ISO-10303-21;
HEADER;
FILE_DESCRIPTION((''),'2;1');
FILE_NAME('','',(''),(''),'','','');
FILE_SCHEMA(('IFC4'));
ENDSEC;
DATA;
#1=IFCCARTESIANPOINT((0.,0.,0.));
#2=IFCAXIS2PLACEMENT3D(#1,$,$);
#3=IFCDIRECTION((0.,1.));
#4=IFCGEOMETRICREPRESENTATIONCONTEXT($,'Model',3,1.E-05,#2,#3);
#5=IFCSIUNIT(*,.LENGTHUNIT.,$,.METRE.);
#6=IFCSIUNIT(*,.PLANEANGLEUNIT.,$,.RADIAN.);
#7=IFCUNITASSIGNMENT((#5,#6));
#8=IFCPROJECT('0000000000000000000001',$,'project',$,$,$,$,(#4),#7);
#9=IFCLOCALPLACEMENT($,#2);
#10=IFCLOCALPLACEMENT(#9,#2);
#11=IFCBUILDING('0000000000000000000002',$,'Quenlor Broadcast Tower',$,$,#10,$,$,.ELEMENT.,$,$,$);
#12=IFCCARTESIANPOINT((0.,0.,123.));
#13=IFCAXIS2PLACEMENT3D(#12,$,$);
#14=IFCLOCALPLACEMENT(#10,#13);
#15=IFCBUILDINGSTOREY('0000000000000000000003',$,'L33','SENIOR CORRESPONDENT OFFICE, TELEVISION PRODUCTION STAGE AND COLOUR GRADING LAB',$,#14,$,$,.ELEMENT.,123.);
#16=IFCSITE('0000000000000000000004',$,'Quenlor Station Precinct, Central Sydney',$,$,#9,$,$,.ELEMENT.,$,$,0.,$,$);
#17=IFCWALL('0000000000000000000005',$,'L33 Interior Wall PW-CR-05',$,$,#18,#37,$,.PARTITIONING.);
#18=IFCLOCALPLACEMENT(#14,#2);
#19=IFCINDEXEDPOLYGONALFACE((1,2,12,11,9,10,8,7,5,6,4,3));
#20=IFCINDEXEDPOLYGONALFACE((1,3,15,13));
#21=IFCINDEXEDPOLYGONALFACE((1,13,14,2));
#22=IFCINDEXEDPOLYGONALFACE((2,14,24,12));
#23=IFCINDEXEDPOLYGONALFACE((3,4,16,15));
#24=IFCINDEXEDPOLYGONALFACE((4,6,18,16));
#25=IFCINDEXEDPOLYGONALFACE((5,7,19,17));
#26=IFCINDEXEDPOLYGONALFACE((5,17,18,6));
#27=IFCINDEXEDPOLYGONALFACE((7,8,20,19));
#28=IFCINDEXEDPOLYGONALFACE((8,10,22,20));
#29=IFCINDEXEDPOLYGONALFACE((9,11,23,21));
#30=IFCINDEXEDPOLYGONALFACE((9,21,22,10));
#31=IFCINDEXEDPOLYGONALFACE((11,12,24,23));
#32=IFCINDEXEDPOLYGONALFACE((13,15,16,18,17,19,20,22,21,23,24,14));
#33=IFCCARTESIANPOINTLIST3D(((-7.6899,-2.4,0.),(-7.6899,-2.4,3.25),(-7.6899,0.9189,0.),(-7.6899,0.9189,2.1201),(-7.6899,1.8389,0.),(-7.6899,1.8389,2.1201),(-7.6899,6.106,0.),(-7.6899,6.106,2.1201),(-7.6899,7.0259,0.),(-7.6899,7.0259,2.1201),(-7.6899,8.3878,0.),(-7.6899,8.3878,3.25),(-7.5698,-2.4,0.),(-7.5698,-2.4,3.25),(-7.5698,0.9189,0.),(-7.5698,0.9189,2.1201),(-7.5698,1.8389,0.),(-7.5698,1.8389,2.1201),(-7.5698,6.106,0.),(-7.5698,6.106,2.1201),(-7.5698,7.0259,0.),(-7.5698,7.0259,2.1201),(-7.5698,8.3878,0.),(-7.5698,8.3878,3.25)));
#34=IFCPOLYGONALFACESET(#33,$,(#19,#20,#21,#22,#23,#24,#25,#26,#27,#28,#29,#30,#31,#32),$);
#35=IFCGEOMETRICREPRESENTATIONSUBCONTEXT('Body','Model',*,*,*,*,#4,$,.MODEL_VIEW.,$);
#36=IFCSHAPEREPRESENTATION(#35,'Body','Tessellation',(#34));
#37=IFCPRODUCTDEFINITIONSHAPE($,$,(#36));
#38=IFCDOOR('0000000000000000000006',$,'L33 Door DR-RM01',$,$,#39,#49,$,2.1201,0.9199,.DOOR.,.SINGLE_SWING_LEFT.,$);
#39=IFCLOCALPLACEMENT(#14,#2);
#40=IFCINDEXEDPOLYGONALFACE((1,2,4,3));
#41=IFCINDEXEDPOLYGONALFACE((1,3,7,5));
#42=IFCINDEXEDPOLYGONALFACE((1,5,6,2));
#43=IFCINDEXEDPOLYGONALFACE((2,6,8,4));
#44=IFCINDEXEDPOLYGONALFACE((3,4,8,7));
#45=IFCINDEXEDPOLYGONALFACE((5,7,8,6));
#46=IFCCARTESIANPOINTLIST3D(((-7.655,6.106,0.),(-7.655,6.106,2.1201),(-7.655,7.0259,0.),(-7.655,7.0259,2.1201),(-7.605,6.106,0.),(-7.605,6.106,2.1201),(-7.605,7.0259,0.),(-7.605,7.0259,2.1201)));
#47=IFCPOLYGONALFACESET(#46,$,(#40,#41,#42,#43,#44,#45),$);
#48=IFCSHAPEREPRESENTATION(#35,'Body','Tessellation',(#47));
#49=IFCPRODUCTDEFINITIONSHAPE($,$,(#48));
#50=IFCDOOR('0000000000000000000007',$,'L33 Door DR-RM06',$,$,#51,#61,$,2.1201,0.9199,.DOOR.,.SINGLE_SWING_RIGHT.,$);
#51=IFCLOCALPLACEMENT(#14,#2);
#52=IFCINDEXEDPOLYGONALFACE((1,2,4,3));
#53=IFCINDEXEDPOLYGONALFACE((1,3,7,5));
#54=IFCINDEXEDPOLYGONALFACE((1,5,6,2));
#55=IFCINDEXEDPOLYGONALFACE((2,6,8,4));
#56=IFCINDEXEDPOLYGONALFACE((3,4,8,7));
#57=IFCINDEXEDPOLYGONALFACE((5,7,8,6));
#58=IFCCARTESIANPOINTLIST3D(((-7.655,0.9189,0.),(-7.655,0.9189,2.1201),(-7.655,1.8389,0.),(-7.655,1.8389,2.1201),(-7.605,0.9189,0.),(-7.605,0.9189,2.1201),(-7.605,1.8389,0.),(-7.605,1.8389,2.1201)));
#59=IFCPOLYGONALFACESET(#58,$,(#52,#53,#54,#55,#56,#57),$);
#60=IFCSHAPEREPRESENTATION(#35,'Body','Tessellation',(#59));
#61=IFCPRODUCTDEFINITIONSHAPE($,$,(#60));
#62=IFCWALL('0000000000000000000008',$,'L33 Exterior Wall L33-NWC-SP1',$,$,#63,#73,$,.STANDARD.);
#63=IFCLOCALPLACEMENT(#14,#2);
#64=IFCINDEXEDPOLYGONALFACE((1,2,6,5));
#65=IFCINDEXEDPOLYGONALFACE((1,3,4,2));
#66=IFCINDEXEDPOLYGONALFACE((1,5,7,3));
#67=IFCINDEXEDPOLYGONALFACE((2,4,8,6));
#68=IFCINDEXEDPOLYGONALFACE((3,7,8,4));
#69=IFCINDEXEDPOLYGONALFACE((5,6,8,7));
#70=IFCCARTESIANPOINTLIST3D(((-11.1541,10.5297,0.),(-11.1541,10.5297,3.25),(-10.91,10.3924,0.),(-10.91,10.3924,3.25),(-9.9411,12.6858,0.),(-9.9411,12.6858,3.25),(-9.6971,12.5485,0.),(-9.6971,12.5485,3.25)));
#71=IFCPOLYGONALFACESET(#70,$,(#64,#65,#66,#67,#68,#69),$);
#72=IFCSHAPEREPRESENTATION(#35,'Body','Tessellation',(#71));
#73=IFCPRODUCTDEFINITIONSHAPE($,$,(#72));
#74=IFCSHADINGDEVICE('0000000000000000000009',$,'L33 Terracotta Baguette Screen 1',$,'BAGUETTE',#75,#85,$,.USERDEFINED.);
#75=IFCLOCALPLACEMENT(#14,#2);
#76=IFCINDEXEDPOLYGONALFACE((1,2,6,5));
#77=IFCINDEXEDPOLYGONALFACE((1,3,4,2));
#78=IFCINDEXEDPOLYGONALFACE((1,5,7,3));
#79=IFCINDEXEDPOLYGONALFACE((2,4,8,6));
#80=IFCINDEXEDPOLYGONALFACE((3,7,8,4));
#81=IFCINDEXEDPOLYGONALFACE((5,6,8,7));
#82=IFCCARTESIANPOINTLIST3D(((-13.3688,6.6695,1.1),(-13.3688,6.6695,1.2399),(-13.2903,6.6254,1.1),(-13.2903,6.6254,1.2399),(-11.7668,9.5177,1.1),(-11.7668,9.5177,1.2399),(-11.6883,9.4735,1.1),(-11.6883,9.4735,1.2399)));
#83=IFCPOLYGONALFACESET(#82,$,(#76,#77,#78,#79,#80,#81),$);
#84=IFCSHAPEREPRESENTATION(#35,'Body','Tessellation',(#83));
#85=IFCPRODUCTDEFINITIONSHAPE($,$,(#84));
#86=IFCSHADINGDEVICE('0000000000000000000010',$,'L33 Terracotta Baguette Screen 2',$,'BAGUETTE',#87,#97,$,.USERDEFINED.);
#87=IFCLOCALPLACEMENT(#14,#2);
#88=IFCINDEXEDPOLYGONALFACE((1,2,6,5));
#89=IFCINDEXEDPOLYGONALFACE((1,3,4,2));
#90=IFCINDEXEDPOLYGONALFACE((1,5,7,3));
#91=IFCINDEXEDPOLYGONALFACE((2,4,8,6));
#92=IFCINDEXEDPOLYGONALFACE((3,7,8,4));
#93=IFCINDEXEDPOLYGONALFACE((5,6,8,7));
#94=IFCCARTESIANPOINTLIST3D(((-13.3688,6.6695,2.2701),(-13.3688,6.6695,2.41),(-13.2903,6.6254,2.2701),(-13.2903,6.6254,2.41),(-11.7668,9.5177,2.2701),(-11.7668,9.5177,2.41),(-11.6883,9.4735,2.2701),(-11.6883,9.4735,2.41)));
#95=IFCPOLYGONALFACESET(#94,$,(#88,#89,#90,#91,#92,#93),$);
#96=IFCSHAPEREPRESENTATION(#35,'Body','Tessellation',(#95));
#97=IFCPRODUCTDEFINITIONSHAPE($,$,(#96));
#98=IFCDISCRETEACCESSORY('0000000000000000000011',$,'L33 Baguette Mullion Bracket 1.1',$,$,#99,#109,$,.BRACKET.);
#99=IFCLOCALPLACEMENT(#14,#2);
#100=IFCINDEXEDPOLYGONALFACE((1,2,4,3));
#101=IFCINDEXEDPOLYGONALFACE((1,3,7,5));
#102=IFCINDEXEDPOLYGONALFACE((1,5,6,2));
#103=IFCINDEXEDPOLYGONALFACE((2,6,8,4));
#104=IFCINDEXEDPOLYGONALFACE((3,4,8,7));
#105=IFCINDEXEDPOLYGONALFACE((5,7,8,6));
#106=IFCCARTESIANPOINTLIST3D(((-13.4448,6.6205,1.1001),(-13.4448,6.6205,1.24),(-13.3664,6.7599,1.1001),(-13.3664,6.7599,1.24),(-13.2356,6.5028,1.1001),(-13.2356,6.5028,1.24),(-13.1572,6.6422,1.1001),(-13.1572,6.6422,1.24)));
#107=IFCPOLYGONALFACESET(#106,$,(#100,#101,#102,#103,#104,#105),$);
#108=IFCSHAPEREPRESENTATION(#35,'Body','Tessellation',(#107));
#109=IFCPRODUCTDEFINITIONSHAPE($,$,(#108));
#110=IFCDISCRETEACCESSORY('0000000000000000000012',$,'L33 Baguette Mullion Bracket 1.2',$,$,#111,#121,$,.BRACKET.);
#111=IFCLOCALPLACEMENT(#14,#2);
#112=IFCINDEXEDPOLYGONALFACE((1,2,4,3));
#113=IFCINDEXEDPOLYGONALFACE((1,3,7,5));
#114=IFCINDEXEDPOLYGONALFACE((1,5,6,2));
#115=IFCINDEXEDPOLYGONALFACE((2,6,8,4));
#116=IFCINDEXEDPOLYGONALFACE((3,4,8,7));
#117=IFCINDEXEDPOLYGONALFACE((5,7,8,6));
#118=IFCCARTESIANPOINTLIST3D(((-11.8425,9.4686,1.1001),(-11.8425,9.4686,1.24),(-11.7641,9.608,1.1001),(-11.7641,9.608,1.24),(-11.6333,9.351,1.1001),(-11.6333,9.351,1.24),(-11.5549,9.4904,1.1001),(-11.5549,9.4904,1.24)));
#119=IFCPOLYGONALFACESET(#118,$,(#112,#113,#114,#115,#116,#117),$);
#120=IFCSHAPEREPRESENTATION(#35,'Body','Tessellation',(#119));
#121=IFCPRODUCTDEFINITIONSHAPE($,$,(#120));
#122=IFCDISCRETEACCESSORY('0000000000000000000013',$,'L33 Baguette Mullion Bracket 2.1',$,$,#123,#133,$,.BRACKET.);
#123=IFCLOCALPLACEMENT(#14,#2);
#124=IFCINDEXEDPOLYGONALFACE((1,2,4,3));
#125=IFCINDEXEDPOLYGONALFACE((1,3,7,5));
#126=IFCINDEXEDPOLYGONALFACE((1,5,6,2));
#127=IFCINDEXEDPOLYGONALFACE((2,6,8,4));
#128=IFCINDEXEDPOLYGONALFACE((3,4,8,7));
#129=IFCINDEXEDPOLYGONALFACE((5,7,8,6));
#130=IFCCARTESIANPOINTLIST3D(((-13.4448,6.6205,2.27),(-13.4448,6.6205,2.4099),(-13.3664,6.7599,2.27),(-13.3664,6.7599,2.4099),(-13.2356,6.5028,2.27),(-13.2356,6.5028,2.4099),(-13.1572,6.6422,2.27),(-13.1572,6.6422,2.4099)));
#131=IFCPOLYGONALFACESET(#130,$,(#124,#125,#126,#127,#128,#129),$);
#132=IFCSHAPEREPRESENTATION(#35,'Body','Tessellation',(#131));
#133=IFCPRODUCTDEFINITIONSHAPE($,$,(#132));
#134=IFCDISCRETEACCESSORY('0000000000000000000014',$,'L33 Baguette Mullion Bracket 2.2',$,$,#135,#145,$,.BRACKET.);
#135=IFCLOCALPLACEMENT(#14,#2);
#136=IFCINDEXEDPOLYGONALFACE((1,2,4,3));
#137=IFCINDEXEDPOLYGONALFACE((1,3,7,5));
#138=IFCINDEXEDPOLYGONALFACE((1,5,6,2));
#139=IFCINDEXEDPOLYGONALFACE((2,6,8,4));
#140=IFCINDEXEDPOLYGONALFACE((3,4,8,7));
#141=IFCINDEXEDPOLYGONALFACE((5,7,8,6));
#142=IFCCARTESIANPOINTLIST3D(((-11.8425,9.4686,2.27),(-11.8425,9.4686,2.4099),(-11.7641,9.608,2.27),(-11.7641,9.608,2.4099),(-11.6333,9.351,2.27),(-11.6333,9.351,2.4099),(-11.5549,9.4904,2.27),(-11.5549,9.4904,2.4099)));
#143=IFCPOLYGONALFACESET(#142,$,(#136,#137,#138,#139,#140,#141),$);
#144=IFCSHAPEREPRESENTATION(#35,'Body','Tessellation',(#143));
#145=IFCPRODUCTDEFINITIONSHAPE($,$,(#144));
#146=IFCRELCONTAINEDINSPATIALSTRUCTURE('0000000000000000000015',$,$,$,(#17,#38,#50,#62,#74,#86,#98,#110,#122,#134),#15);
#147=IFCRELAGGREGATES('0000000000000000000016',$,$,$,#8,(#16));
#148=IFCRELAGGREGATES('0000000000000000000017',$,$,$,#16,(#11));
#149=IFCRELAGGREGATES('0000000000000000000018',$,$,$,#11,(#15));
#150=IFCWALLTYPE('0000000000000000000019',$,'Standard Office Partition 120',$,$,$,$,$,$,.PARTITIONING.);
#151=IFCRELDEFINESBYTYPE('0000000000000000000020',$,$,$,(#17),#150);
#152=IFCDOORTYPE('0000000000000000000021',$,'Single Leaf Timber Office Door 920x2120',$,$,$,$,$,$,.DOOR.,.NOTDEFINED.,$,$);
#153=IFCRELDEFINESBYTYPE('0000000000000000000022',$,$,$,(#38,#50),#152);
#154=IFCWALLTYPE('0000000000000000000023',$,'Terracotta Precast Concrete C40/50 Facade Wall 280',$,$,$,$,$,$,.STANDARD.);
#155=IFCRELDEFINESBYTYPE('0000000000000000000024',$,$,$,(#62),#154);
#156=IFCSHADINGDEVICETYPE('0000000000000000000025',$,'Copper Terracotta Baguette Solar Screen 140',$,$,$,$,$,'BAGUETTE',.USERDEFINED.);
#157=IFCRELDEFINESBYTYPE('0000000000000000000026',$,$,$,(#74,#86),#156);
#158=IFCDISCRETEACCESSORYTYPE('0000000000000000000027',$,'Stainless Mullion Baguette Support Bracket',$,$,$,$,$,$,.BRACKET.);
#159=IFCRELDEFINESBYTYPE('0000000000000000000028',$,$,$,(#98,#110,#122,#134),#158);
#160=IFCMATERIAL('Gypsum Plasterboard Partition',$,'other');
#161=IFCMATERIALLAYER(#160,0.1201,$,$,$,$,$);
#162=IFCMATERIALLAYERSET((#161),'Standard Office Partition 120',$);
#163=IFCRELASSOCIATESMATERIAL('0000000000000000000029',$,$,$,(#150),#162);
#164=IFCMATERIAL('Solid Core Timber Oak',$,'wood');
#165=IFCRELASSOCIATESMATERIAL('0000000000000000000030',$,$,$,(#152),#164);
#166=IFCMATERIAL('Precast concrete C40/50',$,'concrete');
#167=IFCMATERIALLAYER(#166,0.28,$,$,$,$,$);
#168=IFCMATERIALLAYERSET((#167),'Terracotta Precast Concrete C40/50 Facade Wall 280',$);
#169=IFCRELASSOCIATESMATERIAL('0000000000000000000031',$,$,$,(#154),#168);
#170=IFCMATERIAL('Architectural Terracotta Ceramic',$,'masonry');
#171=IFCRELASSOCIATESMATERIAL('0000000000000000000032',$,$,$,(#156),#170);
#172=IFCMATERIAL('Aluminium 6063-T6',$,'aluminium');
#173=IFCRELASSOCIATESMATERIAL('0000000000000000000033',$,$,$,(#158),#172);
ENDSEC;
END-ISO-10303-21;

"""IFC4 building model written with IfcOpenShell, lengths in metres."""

from ifc_helpers import new_model, si_unit, direction, frame, frame_2d, origin, origin_2d, place, context, subcontext, project, spatial, rectangle, extrude, material, layer, layer_set, material_profile, profile_set, type_object, element, fill, save


model = new_model("IFC4")

# Units and contexts
model_context = context("Model", 3, precision=1e-05, world=origin(), true_north=direction((0.0, 1.0)))
body_context = subcontext(model_context, "Body", "Model", "MODEL_VIEW")
ifc_project = project(units=[si_unit("LENGTHUNIT", "METRE"), si_unit("PLANEANGLEUNIT", "RADIAN")], contexts=[model_context])

# Site, building, storey
site_placement = place(None, origin())
site = spatial("IfcSite", under=ifc_project, at=site_placement, Name="Quenlor Station Precinct, Central Sydney", CompositionType="ELEMENT", RefElevation=0.0)
building_placement = place(site_placement, origin())
building = spatial("IfcBuilding", under=site, at=building_placement, Name="Quenlor Broadcast Tower", CompositionType="ELEMENT")
storey_placement = place(building_placement, frame((0.0, 0.0, 123.0)))
storey = spatial("IfcBuildingStorey", under=building, at=storey_placement, Name="L33", Description="SENIOR CORRESPONDENT OFFICE, TELEVISION PRODUCTION STAGE AND COLOUR GRADING LAB", CompositionType="ELEMENT", Elevation=123.0)

# Shared definitions
ifc_material_1 = material(Name="Gypsum Plasterboard Partition", Category="other")
ifc_layer_1 = layer(ifc_material_1, 0.1201)
ifc_layer_set_1 = layer_set([ifc_layer_1], Name="Standard Office Partition 120")
wall_type_1 = type_object("IfcWallType", Name="Standard Office Partition 120", PredefinedType="PARTITIONING", material=ifc_layer_set_1)

# Wall, openings, doors
wall_1_placement = place(storey_placement, frame((-7.6299, 8.3879, 0.0), z_axis=(0.0, 0.0, 1.0), x_axis=(0.0, -1.0, 0.0)))
wall_1 = element("IfcWall", 1, at=wall_1_placement, inside=storey, type_object=wall_type_1, Name="L33 Interior Wall PW-CR-05", PredefinedType="PARTITIONING", context=body_context, shape_type="SweptSolid", body=[
    extrude(rectangle(XDim=10.7878, YDim=0.1201, at=frame_2d((5.394, 0.0))), origin(), (0.0, 0.0, 1.0), 3.25),
])
opening_1_placement = place(wall_1_placement, frame((1.3621, 0.0, 0.0)))
opening_1 = element("IfcOpeningElement", 2, at=opening_1_placement, cuts=wall_1, PredefinedType="OPENING", context=body_context, shape_type="SweptSolid", body=[
    extrude(rectangle(XDim=0.9199, YDim=2.1201, at=frame_2d((0.46, 1.0601))), frame((0.0, 0.0701, 0.0), z_axis=(0.0, -1.0, 0.0), x_axis=(1.0, 0.0, 0.0)), (0.0, 0.0, 1.0), 0.1401),
])
opening_2_placement = place(wall_1_placement, frame((6.5491, 0.0, 0.0)))
opening_2 = element("IfcOpeningElement", 3, at=opening_2_placement, cuts=wall_1, PredefinedType="OPENING", context=body_context, shape_type="SweptSolid", body=[
    extrude(rectangle(XDim=0.9199, YDim=2.1201, at=frame_2d((0.46, 1.0601))), frame((0.0, 0.0701, 0.0), z_axis=(0.0, -1.0, 0.0), x_axis=(1.0, 0.0, 0.0)), (0.0, 0.0, 1.0), 0.1401),
])
ifc_material_2 = material(Name="Solid Core Timber Oak", Category="wood")
door_type = type_object("IfcDoorType", Name="Single Leaf Timber Office Door 920x2120", OperationType="NOTDEFINED", PredefinedType="DOOR", material=ifc_material_2)
door_1_placement = place(opening_1_placement, origin())
door_1 = element("IfcDoor", 4, at=door_1_placement, inside=storey, type_object=door_type, Name="L33 Door DR-RM01", OperationType="SINGLE_SWING_LEFT", OverallHeight=2.1201, OverallWidth=0.9199, PredefinedType="DOOR", context=body_context, shape_type="SweptSolid", body=[
    extrude(rectangle(XDim=0.9199, YDim=2.1201, at=frame_2d((0.46, 1.0601))), frame((0.0, 0.0249, 0.0), z_axis=(0.0, -1.0, 0.0), x_axis=(1.0, 0.0, 0.0)), (0.0, 0.0, 1.0), 0.05),
])
fill(opening_1, door_1)
door_2_placement = place(opening_2_placement, origin())
door_2 = element("IfcDoor", 5, at=door_2_placement, inside=storey, type_object=door_type, Name="L33 Door DR-RM06", OperationType="SINGLE_SWING_RIGHT", OverallHeight=2.1201, OverallWidth=0.9199, PredefinedType="DOOR", context=body_context, shape_type="SweptSolid", body=[
    extrude(rectangle(XDim=0.9199, YDim=2.1201, at=frame_2d((0.46, 1.0601))), frame((0.0, 0.0249, 0.0), z_axis=(0.0, -1.0, 0.0), x_axis=(1.0, 0.0, 0.0)), (0.0, 0.0, 1.0), 0.05),
])
fill(opening_2, door_2)

# Wall
ifc_material_3 = material(Name="Precast concrete C40/50", Category="concrete")
ifc_layer_2 = layer(ifc_material_3, 0.28)
ifc_layer_set_2 = layer_set([ifc_layer_2], Name="Terracotta Precast Concrete C40/50 Facade Wall 280")
wall_type_2 = type_object("IfcWallType", Name="Terracotta Precast Concrete C40/50 Facade Wall 280", PredefinedType="STANDARD", material=ifc_layer_set_2)
wall_2_placement = place(storey_placement, frame((-11.032, 10.4612, 0.0), z_axis=(0.0, 0.0, 1.0), x_axis=(0.490303, 0.871552, 0.0)))
element("IfcWall", 6, at=wall_2_placement, inside=storey, type_object=wall_type_2, Name="L33 Exterior Wall L33-NWC-SP1", PredefinedType="STANDARD", context=body_context, shape_type="SweptSolid", body=[
    extrude(rectangle(XDim=2.4739, YDim=0.28, at=frame_2d((1.2368, 0.0))), origin(), (0.0, 0.0, 1.0), 3.25),
])

# Shading devices
ifc_material_4 = material(Name="Architectural Terracotta Ceramic", Category="masonry")
ifc_material_profile_1 = material_profile(ifc_material_4, rectangle(XDim=0.0901, YDim=0.1399, at=origin_2d()))
ifc_profile_set_1 = profile_set([ifc_material_profile_1], Name="Architectural Terracotta Ceramic BAG90x140")
shading_device_type = type_object("IfcShadingDeviceType", Name="Copper Terracotta Baguette Solar Screen 140", ElementType="BAGUETTE", PredefinedType="USERDEFINED", material=ifc_profile_set_1)
for number, where, z_axis, x_axis, name in (
    (7, (-13.3296, 6.6475, 1.1699), (0.490254, 0.87158, 0.0), (-0.87158, 0.490254, 0.0), "L33 Terracotta Baguette Screen 1"),
    (8, (-13.3296, 6.6475, 2.3401), (0.490254, 0.87158, 0.0), (-0.87158, 0.490254, 0.0), "L33 Terracotta Baguette Screen 2"),
):
    element("IfcShadingDevice", number, at=place(storey_placement, frame(where, z_axis=z_axis, x_axis=x_axis)), inside=storey, type_object=shading_device_type, Name=name, ObjectType="BAGUETTE", PredefinedType="USERDEFINED", context=body_context, shape_type="SweptSolid", body=[
        extrude(rectangle(XDim=0.0901, YDim=0.1399, at=origin_2d()), origin(), (0.0, 0.0, 1.0), 3.2678),
    ])

# Discrete accessories
ifc_material_5 = material(Name="Aluminium 6063-T6", Category="aluminium")
discrete_accessory_type = type_object("IfcDiscreteAccessoryType", Name="Stainless Mullion Baguette Support Bracket", PredefinedType="BRACKET", material=ifc_material_5)
for number, where, z_axis, x_axis, name in (
    (9, (-13.301, 6.6313, 1.1001), (0.0, 0.0, 1.0), (0.490262, 0.871575, 0.0), "L33 Baguette Mullion Bracket 1.1"),
    (10, (-11.6987, 9.4795, 1.1001), (0.0, 0.0, 1.0), (0.490262, 0.871575, 0.0), "L33 Baguette Mullion Bracket 1.2"),
    (11, (-13.301, 6.6313, 2.27), (0.0, 0.0, 1.0), (0.490262, 0.871575, 0.0), "L33 Baguette Mullion Bracket 2.1"),
    (12, (-11.6987, 9.4795, 2.27), (0.0, 0.0, 1.0), (0.490262, 0.871575, 0.0), "L33 Baguette Mullion Bracket 2.2"),
):
    element("IfcDiscreteAccessory", number, at=place(storey_placement, frame(where, z_axis=z_axis, x_axis=x_axis)), inside=storey, type_object=discrete_accessory_type, Name=name, PredefinedType="BRACKET", context=body_context, shape_type="SweptSolid", body=[
        extrude(rectangle(XDim=0.1599, YDim=0.24, at=origin_2d()), origin(), (0.0, 0.0, 1.0), 0.1399),
    ])

save(model, "model.ifc")
